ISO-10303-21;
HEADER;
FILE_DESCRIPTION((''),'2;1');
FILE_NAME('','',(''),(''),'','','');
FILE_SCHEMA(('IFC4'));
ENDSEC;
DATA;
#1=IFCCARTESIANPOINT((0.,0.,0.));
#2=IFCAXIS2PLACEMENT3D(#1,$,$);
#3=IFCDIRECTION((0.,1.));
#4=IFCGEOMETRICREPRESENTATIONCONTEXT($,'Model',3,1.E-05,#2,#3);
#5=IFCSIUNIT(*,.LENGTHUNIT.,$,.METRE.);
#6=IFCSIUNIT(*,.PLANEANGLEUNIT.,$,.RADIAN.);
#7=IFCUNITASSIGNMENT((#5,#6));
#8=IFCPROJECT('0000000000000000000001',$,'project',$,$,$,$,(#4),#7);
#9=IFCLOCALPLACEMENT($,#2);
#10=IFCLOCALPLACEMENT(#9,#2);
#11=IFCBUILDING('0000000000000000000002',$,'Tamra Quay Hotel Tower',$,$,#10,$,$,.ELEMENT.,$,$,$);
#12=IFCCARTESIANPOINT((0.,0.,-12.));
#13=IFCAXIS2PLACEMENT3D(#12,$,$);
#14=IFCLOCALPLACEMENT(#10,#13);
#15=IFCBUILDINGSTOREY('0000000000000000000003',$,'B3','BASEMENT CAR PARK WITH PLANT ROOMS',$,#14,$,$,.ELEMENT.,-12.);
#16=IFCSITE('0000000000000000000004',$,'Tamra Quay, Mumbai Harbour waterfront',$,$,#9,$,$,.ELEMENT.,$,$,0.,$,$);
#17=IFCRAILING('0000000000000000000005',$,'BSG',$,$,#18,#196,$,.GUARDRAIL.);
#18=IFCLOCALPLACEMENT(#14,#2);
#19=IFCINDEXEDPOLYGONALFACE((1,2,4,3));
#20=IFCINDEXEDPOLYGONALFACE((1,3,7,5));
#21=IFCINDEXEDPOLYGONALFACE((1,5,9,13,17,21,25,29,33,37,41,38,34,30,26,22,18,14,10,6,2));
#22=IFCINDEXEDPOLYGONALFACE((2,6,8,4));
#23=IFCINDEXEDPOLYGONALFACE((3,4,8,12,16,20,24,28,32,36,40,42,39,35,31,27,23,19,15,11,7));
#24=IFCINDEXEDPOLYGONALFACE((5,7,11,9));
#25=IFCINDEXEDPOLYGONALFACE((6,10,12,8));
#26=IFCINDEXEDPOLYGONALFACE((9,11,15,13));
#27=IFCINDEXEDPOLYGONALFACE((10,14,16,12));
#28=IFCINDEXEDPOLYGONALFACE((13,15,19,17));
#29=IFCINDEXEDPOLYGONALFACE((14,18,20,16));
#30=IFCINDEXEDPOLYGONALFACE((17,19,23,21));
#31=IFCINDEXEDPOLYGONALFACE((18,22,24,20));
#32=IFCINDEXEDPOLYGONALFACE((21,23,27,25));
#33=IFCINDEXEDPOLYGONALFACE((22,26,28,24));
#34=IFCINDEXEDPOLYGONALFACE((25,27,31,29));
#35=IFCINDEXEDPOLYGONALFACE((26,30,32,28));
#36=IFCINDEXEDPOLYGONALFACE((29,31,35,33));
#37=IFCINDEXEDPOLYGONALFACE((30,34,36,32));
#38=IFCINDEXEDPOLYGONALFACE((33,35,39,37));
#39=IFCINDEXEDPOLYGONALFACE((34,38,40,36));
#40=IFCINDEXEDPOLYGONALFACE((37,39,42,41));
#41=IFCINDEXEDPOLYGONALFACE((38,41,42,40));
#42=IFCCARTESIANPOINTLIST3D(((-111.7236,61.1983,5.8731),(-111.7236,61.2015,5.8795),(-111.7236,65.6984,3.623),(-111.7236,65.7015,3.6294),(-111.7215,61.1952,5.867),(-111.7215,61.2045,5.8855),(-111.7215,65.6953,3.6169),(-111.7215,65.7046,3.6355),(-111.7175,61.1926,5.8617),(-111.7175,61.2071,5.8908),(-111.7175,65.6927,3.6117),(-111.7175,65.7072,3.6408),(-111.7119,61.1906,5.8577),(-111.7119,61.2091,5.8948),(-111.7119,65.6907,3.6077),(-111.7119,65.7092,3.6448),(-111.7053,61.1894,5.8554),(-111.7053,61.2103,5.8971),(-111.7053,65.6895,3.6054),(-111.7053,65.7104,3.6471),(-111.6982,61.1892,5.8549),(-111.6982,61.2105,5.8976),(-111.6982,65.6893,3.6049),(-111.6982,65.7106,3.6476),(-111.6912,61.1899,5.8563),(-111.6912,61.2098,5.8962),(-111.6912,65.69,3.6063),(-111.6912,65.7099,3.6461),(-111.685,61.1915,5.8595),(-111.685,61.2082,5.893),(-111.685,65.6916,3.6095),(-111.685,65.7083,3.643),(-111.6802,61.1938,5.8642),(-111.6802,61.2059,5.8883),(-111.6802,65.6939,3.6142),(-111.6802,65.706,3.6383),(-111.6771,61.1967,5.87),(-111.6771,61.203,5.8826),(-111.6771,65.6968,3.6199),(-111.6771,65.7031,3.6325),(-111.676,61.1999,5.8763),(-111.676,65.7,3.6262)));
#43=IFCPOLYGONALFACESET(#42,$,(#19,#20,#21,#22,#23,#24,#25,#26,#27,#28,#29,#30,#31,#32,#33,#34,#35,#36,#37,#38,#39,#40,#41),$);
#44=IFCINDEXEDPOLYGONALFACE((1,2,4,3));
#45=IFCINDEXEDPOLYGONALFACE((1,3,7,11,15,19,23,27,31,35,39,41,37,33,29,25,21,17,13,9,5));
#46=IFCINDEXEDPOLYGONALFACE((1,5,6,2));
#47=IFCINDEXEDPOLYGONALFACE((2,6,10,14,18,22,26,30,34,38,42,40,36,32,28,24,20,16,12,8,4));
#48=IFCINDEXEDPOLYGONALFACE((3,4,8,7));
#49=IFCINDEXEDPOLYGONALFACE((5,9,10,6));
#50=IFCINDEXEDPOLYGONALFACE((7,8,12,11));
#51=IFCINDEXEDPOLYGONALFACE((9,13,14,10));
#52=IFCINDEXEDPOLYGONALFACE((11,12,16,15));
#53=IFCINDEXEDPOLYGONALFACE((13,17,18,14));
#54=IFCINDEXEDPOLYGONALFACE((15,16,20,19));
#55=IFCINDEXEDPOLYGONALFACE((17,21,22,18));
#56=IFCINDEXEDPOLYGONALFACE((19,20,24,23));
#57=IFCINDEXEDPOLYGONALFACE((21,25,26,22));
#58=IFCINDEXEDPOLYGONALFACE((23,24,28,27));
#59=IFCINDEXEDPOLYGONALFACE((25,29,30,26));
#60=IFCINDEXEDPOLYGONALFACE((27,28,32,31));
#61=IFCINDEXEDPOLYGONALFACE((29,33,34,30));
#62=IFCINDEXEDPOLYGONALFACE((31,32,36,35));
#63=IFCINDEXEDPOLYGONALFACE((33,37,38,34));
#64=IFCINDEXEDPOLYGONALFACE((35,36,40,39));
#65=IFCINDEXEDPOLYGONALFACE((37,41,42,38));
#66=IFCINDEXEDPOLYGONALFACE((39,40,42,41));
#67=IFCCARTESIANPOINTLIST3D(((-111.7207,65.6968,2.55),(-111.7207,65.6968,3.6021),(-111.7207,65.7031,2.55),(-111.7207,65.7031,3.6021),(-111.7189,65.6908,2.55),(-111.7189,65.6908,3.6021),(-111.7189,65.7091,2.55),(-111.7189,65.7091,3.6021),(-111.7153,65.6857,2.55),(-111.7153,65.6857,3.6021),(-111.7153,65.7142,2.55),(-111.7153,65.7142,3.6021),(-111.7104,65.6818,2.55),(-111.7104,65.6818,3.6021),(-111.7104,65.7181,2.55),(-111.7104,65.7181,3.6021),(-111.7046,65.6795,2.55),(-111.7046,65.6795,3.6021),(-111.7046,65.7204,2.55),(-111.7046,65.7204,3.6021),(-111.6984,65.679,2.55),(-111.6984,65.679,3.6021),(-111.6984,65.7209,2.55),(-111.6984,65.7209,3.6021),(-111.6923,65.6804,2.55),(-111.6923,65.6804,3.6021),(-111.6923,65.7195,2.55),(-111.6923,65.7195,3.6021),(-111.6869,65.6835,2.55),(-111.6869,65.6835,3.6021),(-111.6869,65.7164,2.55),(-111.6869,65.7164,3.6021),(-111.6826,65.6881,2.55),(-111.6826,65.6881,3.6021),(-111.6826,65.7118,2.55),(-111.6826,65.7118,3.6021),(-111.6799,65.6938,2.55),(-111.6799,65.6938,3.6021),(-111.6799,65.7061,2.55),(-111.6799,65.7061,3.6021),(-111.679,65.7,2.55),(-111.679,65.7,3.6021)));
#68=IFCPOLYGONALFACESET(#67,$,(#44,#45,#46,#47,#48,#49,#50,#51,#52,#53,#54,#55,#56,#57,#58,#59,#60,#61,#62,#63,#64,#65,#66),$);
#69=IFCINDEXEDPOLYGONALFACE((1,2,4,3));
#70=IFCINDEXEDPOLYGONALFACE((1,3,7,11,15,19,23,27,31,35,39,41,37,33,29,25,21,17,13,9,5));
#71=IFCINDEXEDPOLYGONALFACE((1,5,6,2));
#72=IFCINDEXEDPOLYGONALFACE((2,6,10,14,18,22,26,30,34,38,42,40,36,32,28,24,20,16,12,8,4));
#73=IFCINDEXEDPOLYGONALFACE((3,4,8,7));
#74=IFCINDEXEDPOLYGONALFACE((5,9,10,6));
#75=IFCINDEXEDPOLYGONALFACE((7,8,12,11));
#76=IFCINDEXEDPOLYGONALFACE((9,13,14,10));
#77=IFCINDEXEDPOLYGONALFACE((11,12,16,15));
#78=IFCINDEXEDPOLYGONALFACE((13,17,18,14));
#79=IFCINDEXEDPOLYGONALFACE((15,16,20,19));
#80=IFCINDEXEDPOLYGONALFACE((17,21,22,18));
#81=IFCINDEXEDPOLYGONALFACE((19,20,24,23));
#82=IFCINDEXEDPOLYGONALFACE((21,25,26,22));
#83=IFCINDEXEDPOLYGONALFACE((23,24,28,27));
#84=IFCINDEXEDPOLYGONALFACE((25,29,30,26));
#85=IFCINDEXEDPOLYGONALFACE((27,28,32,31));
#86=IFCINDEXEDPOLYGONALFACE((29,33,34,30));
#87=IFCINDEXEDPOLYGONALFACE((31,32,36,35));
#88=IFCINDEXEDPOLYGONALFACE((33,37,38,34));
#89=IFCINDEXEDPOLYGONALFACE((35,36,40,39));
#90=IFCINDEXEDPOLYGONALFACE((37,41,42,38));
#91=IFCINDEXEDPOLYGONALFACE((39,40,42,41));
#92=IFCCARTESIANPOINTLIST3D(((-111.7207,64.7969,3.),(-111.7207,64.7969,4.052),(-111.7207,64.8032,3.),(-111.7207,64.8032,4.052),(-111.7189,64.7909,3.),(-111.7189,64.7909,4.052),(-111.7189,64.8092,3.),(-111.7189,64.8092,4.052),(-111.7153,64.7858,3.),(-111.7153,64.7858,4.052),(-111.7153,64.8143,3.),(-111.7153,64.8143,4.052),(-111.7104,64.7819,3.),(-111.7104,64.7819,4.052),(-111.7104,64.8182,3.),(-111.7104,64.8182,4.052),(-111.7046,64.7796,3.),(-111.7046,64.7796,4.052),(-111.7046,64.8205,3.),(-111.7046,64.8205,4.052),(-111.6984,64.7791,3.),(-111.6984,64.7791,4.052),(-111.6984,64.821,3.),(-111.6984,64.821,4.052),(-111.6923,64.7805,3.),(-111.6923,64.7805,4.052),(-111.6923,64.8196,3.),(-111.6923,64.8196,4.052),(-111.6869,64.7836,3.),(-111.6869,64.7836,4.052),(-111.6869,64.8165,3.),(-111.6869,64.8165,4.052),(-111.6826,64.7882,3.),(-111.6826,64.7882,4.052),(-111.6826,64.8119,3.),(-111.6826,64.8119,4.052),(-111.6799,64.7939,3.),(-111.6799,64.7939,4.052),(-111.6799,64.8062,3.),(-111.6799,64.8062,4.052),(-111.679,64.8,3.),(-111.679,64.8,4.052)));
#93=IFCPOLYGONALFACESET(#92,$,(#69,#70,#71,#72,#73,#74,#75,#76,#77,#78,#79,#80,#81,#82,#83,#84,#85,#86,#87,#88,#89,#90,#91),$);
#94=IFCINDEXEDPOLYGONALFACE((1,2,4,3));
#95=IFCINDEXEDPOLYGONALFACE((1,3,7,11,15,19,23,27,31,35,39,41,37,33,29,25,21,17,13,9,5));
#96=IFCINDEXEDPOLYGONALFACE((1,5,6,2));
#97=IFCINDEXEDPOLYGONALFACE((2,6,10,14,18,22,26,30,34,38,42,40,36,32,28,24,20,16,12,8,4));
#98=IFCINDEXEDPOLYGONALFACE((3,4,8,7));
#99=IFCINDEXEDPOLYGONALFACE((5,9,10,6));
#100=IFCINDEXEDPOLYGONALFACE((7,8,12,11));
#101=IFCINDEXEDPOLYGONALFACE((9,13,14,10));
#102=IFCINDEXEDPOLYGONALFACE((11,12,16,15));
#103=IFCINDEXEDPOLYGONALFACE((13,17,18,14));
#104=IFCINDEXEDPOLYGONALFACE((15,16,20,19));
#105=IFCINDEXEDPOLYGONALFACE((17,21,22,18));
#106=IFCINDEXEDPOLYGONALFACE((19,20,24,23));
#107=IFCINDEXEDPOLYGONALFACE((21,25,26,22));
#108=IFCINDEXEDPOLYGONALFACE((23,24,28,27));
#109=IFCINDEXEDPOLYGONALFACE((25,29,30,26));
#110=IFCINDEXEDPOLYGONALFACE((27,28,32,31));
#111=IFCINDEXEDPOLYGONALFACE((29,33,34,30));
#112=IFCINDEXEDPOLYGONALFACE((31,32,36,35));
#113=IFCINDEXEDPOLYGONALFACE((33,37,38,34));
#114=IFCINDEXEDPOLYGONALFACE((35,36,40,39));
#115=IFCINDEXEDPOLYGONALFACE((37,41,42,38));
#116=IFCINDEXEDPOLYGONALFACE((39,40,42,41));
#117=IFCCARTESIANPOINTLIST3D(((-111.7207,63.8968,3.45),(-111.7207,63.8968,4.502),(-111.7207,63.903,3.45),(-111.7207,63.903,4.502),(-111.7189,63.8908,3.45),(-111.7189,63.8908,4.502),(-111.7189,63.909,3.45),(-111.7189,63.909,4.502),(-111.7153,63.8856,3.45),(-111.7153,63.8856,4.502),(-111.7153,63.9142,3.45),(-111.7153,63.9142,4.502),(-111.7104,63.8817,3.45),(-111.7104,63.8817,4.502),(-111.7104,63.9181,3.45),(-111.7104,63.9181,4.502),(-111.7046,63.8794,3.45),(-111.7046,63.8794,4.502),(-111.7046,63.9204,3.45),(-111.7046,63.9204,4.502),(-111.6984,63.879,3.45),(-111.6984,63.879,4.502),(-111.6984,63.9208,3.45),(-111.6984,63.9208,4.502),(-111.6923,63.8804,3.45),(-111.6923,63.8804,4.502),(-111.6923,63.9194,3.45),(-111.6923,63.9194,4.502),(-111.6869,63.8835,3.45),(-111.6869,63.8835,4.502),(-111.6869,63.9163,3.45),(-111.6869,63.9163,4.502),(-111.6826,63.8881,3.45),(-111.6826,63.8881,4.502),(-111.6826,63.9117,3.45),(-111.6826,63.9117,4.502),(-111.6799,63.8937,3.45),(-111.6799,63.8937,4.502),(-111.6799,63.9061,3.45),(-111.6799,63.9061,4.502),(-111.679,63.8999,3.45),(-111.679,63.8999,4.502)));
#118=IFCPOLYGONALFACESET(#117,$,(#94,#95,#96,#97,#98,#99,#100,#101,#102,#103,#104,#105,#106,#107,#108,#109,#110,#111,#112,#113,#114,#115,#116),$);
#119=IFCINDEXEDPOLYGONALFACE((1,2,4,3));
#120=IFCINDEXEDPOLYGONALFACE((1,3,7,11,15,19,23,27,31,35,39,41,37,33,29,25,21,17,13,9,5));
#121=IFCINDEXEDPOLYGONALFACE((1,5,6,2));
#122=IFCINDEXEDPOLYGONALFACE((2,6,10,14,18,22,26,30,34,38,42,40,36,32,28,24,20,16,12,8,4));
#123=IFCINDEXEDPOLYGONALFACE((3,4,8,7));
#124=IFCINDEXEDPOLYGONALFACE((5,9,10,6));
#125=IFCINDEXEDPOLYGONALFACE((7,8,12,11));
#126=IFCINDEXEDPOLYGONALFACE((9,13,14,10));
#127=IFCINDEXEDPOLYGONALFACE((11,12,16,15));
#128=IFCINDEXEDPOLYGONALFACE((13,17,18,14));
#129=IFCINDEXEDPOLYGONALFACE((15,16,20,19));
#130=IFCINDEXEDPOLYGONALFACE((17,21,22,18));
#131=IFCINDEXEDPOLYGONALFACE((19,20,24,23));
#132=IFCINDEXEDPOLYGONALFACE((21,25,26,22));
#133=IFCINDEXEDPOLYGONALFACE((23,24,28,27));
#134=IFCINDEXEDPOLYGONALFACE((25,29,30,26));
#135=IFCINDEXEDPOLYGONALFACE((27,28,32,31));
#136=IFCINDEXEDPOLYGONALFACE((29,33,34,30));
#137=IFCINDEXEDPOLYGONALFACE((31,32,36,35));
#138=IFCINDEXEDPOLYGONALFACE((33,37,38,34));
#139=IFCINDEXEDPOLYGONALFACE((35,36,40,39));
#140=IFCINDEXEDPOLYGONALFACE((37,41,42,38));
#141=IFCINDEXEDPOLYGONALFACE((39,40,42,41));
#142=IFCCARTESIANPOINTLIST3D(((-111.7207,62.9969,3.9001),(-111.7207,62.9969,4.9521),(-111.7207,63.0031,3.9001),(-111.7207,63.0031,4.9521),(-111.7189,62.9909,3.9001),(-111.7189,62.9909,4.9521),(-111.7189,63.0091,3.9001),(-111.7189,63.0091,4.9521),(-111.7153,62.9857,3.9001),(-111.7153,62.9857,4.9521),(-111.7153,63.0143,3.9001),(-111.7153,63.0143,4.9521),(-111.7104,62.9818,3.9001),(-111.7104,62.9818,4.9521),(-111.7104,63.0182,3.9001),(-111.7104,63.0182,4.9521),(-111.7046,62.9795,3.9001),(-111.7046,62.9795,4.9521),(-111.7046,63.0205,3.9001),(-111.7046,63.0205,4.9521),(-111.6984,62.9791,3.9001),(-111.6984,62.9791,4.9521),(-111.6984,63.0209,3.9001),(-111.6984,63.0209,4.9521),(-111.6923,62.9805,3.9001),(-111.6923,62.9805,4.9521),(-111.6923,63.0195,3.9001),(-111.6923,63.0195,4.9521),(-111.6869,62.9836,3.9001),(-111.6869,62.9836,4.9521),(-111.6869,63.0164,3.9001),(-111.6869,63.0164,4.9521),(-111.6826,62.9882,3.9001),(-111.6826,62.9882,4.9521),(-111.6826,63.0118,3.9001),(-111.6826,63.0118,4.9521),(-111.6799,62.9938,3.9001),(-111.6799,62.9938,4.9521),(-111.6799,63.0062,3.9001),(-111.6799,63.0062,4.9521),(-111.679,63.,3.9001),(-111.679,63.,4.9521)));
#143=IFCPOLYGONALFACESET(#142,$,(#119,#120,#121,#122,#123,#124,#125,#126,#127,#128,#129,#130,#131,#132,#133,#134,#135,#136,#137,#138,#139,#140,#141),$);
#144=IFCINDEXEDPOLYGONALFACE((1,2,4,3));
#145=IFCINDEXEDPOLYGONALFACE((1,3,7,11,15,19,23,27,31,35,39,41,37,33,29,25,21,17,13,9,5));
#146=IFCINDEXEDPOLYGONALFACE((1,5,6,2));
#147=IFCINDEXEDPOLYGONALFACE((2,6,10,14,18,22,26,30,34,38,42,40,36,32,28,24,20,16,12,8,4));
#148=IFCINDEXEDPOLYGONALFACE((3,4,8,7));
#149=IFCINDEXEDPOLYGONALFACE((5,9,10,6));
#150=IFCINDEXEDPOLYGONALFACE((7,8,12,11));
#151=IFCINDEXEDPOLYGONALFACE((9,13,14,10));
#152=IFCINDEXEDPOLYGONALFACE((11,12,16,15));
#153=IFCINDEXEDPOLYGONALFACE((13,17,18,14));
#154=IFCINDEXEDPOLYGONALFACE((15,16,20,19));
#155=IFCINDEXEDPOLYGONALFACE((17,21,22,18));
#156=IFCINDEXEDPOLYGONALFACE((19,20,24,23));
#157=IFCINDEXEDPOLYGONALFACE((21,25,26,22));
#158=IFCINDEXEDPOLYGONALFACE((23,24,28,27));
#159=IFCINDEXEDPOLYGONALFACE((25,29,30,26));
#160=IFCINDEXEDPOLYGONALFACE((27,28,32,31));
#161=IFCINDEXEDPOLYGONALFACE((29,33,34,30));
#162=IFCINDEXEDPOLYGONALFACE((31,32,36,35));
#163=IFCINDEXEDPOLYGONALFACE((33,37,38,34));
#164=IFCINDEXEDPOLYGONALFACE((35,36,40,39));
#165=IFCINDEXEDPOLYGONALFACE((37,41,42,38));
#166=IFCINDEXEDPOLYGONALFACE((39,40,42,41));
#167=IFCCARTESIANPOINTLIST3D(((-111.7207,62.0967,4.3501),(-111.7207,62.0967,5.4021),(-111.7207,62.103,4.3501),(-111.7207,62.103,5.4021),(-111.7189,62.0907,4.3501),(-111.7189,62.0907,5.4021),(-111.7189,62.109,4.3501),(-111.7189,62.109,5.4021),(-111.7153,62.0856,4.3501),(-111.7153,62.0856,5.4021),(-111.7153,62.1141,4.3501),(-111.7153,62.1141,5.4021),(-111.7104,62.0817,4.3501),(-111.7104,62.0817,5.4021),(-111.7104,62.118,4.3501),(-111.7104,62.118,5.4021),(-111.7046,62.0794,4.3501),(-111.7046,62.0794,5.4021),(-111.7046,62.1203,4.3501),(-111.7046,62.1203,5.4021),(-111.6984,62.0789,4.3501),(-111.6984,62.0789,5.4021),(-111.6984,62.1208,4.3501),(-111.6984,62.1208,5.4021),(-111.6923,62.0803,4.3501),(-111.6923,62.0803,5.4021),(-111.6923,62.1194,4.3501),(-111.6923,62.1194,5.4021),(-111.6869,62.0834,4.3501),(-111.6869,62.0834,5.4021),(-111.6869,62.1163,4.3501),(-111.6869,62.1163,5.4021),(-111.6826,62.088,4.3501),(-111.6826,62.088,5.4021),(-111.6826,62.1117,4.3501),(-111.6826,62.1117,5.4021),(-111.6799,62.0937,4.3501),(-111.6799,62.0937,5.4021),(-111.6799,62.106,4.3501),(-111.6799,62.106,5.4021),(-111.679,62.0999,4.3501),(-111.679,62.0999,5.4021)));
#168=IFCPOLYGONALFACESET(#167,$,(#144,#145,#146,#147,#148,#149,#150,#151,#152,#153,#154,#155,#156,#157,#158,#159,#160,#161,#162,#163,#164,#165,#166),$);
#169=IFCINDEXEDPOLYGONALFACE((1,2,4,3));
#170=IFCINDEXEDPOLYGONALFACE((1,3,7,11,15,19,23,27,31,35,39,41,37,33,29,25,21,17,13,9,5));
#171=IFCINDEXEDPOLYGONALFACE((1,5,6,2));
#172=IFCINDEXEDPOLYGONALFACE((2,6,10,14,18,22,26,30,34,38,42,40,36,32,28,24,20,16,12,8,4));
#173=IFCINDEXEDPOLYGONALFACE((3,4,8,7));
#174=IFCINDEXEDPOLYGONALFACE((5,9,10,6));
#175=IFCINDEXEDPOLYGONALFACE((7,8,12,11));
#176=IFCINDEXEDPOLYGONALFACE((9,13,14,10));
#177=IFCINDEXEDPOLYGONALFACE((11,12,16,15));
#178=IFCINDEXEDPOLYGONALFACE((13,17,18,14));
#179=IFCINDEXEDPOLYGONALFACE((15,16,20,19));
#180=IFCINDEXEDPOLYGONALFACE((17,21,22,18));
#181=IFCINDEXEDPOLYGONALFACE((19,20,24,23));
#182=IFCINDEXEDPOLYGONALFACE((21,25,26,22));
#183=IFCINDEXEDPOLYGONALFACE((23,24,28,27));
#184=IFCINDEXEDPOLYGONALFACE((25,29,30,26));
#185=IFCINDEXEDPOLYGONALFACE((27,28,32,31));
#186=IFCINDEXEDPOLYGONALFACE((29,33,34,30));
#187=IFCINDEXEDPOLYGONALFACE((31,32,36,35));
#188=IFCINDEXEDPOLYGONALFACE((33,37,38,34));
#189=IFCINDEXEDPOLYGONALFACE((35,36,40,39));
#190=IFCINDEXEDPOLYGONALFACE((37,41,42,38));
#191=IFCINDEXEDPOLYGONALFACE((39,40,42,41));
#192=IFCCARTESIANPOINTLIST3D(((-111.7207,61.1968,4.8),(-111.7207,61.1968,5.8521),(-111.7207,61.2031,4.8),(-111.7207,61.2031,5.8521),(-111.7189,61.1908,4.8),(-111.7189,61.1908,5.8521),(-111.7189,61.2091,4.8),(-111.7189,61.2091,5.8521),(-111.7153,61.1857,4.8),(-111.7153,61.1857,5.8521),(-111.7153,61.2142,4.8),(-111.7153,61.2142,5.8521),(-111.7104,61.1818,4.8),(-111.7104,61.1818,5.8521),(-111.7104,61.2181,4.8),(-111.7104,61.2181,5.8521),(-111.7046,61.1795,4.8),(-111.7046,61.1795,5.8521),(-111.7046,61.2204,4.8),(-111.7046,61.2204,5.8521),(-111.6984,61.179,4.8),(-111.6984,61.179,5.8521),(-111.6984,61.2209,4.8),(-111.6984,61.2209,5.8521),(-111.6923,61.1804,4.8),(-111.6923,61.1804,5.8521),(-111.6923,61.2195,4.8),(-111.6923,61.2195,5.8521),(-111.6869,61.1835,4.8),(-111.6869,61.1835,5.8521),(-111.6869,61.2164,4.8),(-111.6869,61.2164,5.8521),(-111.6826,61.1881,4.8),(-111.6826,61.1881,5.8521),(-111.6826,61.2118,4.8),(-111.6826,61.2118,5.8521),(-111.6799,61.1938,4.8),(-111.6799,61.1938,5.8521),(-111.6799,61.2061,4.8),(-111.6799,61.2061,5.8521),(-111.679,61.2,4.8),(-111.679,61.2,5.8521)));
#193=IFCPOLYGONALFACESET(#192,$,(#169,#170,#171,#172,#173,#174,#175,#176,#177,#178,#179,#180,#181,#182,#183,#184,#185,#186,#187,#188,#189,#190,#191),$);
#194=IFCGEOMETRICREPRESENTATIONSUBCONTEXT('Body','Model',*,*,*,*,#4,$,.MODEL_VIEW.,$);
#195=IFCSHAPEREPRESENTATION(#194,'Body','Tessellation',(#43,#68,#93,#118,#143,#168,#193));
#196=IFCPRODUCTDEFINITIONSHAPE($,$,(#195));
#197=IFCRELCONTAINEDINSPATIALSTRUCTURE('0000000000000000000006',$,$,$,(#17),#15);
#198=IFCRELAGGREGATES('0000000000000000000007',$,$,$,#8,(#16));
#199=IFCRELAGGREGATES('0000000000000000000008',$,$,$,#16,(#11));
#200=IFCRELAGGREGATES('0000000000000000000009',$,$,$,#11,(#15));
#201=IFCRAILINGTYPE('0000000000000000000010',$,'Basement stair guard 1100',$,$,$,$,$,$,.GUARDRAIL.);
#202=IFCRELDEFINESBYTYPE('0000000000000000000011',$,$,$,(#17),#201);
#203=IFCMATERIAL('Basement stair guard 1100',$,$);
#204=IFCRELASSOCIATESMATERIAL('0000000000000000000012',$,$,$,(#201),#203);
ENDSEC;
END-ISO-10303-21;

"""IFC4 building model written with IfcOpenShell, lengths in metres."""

from ifc_helpers import new_model, si_unit, direction, frame, origin, origin_2d, place, context, subcontext, project, spatial, circle, extrude, material, type_object, element, save


model = new_model("IFC4")

# Units and contexts
model_context = context("Model", 3, precision=1e-05, world=origin(), true_north=direction((0.0, 1.0)))
body_context = subcontext(model_context, "Body", "Model", "MODEL_VIEW")
ifc_project = project(units=[si_unit("LENGTHUNIT", "METRE"), si_unit("PLANEANGLEUNIT", "RADIAN")], contexts=[model_context])

# Site, building, storey
site_placement = place(None, origin())
site = spatial("IfcSite", under=ifc_project, at=site_placement, Name="Tamra Quay, Mumbai Harbour waterfront", CompositionType="ELEMENT", RefElevation=0.0)
building_placement = place(site_placement, origin())
building = spatial("IfcBuilding", under=site, at=building_placement, Name="Tamra Quay Hotel Tower", CompositionType="ELEMENT")
storey_placement = place(building_placement, frame((0.0, 0.0, -12.0)))
storey = spatial("IfcBuildingStorey", under=building, at=storey_placement, Name="B3", Description="BASEMENT CAR PARK WITH PLANT ROOMS", CompositionType="ELEMENT", Elevation=-12.0)

# Railing
ifc_material_1 = material(Name="Basement stair guard 1100")
railing_type_1 = type_object("IfcRailingType", Name="Basement stair guard 1100", PredefinedType="GUARDRAIL", material=ifc_material_1)
railing_1_placement = place(storey_placement, frame((-111.7, 65.7, 2.55)))
element("IfcRailing", 1, at=railing_1_placement, inside=storey, type_object=railing_type_1, Name="BSG", PredefinedType="GUARDRAIL", context=body_context, shape_type="SweptSolid", body=[
    extrude(circle(Radius=0.0239, at=origin_2d()), frame((0.0, 0.0, 1.0762), z_axis=(0.0, -0.894427, 0.447214), x_axis=(1.0, 0.0, 0.0)), (0.0, 0.0, 1.0), 5.0312),
    extrude(circle(Radius=0.021, at=origin_2d()), origin(), (0.0, 0.0, 1.0), 1.052),
    extrude(circle(Radius=0.021, at=origin_2d()), frame((0.0, -0.8999, 0.45)), (0.0, 0.0, 1.0), 1.052),
    extrude(circle(Radius=0.021, at=origin_2d()), frame((0.0, -1.8, 0.8999)), (0.0, 0.0, 1.0), 1.052),
    extrude(circle(Radius=0.021, at=origin_2d()), frame((0.0, -2.7, 1.3501)), (0.0, 0.0, 1.0), 1.052),
    extrude(circle(Radius=0.021, at=origin_2d()), frame((0.0, -3.6001, 1.8)), (0.0, 0.0, 1.0), 1.052),
    extrude(circle(Radius=0.021, at=origin_2d()), frame((0.0, -4.5, 2.25)), (0.0, 0.0, 1.0), 1.052),
])

save(model, "model.ifc")
